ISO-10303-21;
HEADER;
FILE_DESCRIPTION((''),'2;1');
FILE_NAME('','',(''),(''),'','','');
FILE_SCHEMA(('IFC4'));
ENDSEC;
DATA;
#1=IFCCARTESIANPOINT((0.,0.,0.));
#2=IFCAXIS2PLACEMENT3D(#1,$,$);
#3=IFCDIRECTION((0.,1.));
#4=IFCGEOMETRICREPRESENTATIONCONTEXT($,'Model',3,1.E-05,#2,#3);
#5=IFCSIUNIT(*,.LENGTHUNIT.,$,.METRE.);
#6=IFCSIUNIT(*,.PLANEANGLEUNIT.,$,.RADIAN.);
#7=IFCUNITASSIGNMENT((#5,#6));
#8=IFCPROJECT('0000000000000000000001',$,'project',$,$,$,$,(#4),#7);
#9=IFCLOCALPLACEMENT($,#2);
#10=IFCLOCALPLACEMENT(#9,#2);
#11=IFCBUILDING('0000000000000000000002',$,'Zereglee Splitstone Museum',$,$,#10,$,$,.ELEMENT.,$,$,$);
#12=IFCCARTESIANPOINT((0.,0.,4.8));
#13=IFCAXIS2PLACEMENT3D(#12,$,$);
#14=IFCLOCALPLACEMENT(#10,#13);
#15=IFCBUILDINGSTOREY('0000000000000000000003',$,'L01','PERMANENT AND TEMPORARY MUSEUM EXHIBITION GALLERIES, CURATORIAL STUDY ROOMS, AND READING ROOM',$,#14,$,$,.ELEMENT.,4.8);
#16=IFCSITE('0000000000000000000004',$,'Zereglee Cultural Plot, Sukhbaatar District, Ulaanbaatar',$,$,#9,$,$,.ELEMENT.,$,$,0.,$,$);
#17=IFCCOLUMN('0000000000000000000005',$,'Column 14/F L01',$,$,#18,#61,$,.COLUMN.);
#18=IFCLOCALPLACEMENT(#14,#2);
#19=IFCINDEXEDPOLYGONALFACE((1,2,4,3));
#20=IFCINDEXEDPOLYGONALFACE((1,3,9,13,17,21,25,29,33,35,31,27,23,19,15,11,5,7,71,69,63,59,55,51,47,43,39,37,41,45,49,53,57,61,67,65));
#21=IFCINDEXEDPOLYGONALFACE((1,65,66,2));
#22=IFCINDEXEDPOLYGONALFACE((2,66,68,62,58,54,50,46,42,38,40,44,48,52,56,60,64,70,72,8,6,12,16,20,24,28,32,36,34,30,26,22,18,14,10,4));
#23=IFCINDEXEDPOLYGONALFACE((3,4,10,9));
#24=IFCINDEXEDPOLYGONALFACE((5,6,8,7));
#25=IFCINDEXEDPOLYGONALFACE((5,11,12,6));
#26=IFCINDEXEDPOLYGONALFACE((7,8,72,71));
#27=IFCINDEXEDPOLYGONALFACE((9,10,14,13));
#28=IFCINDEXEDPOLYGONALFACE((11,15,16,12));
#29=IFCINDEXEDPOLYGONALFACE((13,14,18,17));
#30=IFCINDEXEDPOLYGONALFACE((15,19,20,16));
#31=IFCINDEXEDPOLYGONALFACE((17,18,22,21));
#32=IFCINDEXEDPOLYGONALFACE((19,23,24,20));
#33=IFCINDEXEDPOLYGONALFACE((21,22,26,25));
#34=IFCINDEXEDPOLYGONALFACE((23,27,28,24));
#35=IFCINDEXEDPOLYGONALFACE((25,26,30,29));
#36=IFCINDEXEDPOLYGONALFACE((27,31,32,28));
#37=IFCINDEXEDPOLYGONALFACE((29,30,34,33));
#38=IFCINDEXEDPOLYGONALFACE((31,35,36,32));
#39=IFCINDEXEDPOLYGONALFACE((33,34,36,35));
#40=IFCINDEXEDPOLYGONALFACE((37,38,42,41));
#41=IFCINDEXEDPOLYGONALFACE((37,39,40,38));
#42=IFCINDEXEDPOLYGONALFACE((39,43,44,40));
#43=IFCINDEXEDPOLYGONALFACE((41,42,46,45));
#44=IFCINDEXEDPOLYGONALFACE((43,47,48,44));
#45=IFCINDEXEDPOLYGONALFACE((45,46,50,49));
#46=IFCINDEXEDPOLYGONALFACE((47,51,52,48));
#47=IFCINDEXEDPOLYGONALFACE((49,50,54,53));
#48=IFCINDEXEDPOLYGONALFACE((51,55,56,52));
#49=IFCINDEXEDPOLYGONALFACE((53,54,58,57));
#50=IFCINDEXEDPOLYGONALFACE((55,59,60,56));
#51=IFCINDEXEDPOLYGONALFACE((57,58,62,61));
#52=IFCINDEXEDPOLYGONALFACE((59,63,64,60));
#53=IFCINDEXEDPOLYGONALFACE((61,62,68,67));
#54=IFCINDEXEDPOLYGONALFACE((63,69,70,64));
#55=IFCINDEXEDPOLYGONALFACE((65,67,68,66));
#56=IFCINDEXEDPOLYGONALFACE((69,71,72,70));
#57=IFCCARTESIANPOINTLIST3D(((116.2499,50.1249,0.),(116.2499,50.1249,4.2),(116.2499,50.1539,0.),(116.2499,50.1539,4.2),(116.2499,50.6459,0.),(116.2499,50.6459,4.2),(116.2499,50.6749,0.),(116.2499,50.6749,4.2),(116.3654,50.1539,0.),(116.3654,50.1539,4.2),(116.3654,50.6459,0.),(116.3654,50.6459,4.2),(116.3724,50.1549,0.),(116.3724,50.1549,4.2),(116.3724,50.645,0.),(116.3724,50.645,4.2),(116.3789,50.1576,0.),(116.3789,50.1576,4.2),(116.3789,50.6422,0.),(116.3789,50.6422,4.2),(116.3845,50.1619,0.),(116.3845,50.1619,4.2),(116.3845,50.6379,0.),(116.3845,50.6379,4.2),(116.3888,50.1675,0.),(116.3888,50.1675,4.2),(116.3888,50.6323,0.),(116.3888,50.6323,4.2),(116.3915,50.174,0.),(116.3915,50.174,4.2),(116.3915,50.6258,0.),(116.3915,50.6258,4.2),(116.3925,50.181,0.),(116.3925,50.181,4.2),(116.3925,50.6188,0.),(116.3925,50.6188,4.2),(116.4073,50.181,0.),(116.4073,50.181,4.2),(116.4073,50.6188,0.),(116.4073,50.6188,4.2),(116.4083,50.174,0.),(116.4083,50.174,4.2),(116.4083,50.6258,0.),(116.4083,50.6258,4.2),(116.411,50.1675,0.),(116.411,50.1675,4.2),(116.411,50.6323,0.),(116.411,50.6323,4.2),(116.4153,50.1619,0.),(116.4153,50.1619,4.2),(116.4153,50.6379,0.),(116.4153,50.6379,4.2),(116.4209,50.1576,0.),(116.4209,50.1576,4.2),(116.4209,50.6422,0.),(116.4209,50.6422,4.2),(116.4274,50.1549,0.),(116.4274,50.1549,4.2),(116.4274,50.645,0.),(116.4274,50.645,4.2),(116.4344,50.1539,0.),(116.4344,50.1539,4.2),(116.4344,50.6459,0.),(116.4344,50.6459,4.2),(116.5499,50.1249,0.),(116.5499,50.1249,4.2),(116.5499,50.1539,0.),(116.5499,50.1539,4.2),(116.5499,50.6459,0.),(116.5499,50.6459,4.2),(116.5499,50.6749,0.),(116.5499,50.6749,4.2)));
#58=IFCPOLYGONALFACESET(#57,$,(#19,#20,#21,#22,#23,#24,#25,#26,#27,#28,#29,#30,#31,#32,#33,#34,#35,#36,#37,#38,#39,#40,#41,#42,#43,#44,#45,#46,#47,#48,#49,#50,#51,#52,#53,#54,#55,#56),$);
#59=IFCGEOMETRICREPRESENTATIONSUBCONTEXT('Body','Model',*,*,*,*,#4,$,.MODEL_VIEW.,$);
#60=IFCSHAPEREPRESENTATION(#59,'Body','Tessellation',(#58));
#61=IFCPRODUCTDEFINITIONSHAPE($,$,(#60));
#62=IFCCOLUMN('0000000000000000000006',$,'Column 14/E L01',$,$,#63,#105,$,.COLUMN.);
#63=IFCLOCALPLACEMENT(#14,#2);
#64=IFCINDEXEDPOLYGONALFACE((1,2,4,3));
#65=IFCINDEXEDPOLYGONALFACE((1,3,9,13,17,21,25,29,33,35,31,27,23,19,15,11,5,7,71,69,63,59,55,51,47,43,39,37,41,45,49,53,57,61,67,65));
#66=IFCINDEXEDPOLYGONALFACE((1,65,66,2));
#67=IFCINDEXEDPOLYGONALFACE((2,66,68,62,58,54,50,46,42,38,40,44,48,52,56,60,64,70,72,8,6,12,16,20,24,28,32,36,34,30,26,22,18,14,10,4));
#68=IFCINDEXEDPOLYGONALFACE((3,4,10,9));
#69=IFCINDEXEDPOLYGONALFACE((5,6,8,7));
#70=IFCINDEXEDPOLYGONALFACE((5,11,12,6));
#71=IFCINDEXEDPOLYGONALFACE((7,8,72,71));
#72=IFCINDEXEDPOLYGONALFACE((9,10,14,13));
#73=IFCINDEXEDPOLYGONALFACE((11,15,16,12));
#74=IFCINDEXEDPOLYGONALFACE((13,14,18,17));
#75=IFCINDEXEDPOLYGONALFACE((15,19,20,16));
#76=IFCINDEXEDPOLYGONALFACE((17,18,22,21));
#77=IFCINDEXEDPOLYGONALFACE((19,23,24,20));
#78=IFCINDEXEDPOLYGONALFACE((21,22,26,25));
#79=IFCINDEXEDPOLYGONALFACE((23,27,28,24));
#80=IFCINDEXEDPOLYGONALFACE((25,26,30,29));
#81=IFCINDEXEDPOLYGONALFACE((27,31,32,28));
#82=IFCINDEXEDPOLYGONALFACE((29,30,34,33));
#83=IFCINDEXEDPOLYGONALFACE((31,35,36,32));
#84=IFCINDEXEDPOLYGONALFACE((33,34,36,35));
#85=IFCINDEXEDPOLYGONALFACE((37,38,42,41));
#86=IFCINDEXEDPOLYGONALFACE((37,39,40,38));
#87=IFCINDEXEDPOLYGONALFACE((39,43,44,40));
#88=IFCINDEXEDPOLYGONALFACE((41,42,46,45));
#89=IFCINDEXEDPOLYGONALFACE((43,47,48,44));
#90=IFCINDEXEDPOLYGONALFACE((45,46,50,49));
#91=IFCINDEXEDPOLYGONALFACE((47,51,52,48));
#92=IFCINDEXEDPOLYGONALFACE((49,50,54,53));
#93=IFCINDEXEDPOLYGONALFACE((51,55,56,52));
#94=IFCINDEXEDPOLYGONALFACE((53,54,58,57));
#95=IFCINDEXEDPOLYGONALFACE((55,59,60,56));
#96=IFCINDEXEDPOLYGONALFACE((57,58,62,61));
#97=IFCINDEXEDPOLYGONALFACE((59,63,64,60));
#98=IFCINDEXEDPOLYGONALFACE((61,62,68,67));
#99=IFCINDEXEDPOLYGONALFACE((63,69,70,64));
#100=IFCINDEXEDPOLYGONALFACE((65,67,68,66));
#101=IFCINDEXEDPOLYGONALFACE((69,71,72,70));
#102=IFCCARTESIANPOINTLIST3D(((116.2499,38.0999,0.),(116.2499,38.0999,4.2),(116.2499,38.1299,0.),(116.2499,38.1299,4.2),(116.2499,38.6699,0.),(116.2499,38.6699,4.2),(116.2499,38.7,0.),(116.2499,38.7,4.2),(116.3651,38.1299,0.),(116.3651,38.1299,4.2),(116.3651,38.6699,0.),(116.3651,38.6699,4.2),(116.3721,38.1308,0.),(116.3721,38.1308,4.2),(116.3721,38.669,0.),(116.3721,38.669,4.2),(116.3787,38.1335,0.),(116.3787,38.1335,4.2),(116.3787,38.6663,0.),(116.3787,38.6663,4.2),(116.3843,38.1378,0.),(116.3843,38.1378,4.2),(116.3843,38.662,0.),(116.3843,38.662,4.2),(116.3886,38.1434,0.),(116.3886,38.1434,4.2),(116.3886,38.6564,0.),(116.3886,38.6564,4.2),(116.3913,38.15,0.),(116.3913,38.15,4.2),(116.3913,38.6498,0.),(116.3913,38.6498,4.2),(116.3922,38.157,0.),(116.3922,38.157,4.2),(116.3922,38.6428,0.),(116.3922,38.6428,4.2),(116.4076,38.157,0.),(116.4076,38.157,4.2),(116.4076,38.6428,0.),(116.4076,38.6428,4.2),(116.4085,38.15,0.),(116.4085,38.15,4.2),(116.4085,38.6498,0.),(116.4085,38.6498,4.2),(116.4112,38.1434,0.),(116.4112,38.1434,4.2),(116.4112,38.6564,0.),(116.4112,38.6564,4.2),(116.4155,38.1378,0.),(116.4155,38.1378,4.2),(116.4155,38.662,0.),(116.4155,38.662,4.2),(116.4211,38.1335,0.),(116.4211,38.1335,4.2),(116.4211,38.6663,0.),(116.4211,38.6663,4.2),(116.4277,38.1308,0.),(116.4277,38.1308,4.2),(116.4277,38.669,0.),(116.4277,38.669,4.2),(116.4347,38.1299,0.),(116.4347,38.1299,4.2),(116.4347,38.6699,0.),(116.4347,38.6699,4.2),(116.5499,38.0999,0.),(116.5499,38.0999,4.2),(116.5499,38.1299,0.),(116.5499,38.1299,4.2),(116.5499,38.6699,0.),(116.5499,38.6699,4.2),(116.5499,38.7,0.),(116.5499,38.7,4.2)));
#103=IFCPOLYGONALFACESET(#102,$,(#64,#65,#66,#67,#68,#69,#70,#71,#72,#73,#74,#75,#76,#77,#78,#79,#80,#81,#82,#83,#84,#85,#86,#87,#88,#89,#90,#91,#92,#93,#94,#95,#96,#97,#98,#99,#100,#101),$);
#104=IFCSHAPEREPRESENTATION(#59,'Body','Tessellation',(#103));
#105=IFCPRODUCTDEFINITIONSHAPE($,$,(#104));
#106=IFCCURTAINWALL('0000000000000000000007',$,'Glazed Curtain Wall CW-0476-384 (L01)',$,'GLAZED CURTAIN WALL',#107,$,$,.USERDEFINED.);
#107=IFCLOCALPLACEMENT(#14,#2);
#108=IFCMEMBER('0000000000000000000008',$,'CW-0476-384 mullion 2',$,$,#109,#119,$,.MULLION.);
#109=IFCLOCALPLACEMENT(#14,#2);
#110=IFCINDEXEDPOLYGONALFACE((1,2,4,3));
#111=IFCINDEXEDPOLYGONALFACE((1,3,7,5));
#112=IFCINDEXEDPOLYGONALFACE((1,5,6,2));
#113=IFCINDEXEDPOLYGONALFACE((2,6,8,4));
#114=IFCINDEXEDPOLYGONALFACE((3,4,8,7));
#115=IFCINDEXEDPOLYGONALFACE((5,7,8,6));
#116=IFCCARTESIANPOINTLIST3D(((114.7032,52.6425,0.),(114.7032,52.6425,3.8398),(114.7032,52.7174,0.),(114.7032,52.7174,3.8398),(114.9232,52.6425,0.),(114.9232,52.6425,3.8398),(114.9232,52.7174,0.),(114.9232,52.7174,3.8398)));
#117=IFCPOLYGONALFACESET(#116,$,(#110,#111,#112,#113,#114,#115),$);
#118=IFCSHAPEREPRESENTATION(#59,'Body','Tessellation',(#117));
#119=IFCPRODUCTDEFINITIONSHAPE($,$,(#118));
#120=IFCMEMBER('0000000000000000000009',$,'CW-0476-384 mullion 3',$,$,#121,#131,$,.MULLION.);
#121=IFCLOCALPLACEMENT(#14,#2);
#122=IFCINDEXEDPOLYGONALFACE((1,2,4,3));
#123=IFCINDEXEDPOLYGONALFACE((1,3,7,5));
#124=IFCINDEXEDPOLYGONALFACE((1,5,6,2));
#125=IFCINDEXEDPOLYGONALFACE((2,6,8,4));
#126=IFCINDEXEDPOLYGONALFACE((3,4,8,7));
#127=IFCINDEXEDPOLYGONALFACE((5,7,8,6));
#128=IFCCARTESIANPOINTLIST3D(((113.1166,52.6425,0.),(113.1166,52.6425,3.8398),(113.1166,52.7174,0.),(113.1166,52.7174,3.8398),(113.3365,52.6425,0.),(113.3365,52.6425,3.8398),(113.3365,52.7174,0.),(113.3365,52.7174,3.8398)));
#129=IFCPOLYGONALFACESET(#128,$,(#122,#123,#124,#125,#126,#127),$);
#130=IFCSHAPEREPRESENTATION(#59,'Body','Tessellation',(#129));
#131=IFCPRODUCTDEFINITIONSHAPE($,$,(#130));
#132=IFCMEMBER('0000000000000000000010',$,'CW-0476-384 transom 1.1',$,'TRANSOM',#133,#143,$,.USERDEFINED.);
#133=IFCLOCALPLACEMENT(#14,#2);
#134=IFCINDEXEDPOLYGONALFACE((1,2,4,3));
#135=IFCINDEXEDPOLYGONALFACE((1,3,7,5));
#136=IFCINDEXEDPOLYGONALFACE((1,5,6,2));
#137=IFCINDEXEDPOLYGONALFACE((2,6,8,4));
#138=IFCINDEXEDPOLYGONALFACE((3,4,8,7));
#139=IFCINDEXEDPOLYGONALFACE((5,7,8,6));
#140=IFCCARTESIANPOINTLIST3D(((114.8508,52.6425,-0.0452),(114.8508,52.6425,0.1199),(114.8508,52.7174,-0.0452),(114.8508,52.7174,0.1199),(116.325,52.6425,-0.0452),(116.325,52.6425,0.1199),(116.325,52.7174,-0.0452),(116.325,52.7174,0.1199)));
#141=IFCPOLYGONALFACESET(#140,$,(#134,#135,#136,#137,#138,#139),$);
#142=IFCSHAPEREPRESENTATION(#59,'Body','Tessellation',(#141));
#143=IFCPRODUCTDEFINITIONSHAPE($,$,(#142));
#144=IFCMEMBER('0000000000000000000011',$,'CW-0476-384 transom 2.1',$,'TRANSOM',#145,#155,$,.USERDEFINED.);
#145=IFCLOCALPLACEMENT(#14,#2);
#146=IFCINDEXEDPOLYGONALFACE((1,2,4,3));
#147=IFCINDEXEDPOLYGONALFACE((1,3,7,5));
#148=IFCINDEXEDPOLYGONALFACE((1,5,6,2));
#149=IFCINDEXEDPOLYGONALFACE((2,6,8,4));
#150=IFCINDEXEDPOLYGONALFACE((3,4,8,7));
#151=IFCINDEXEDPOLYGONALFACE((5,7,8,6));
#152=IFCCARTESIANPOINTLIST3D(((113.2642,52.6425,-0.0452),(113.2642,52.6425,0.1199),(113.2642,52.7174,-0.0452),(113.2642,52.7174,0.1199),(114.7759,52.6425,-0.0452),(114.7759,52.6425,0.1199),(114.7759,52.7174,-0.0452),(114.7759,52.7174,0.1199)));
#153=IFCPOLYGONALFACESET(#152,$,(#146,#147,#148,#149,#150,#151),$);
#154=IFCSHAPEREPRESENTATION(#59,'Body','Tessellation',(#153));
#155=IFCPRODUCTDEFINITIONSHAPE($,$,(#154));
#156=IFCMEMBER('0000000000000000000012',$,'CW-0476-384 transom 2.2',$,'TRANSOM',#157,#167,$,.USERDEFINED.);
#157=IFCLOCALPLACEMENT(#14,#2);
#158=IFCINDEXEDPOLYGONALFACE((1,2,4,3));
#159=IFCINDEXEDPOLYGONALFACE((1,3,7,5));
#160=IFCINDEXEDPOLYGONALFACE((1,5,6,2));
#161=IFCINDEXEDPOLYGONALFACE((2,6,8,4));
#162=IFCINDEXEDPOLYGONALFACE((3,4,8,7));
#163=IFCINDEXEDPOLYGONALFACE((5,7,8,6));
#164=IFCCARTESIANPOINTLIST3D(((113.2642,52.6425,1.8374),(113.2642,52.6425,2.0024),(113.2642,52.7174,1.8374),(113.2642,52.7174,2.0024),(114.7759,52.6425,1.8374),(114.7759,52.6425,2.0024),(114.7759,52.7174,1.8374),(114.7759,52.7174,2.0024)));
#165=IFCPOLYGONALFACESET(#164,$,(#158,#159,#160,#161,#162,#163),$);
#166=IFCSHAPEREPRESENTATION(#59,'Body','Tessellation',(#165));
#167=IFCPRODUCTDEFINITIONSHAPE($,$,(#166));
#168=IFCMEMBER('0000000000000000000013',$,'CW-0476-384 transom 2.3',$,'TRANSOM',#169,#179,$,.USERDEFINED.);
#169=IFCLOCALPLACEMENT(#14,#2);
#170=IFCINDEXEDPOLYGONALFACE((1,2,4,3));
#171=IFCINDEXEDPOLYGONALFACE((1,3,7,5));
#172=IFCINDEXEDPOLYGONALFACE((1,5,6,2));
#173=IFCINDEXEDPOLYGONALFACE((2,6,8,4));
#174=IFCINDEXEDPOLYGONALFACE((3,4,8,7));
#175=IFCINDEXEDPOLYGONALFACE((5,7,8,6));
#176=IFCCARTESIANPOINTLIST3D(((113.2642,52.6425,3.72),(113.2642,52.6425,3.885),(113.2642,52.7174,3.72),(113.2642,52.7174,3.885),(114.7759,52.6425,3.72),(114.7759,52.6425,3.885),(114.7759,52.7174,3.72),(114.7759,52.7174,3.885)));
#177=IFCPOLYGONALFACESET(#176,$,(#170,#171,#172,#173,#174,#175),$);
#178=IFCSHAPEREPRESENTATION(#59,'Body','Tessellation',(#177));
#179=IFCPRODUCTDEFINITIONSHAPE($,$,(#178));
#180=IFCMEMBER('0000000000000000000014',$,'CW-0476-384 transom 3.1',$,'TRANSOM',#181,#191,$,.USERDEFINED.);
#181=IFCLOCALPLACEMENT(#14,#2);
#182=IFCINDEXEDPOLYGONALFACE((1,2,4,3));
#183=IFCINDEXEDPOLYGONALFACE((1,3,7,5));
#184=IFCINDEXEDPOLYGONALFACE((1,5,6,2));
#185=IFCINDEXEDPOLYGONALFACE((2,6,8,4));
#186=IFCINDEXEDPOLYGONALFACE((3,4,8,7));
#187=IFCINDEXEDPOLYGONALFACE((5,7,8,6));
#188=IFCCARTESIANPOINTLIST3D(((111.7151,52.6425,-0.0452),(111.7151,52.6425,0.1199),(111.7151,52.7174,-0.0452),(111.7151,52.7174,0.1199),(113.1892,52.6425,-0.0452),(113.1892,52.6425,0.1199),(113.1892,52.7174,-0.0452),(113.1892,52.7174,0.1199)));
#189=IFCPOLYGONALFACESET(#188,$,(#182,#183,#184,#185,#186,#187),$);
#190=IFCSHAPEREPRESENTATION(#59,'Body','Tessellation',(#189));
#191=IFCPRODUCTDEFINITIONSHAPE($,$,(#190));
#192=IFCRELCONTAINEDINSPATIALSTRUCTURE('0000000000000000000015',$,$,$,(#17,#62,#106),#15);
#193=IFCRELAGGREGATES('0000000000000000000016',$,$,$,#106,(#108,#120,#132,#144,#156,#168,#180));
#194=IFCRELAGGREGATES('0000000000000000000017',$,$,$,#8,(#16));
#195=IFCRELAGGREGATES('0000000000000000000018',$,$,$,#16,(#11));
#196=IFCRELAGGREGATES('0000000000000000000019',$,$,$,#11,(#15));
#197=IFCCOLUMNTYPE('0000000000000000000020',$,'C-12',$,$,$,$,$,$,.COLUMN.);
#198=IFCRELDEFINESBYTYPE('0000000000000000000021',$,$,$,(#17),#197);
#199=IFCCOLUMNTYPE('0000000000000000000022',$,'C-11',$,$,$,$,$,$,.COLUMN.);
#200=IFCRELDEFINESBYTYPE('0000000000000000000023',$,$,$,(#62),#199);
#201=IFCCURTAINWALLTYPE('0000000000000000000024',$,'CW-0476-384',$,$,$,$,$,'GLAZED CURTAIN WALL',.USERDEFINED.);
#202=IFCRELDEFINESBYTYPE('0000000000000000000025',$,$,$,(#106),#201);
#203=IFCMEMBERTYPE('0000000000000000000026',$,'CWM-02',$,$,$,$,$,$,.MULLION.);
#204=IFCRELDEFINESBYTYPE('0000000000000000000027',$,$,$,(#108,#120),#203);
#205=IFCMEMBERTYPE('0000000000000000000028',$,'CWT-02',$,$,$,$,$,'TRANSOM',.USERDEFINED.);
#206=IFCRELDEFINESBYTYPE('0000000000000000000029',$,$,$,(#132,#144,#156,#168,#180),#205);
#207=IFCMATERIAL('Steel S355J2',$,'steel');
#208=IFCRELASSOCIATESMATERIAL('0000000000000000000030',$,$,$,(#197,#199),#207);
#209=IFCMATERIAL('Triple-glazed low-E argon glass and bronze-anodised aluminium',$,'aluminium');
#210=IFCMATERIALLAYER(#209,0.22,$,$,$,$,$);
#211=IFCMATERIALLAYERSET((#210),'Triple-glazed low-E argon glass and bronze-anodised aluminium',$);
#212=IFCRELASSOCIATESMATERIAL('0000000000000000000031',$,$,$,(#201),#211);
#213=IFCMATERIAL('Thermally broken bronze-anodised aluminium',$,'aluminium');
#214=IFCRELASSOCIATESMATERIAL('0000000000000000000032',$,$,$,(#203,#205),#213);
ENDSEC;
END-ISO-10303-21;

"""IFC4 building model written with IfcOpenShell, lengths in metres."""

from ifc_helpers import new_model, si_unit, direction, frame, origin, origin_2d, place, context, subcontext, project, spatial, rectangle, i_section, extrude, material, layer, layer_set, material_profile, profile_set, type_object, element, aggregate, save


model = new_model("IFC4")

# Units and contexts
model_context = context("Model", 3, precision=1e-05, world=origin(), true_north=direction((0.0, 1.0)))
body_context = subcontext(model_context, "Body", "Model", "MODEL_VIEW")
ifc_project = project(units=[si_unit("LENGTHUNIT", "METRE"), si_unit("PLANEANGLEUNIT", "RADIAN")], contexts=[model_context])

# Site, building, storey
site_placement = place(None, origin())
site = spatial("IfcSite", under=ifc_project, at=site_placement, Name="Zereglee Cultural Plot, Sukhbaatar District, Ulaanbaatar", CompositionType="ELEMENT", RefElevation=0.0)
building_placement = place(site_placement, origin())
building = spatial("IfcBuilding", under=site, at=building_placement, Name="Zereglee Splitstone Museum", CompositionType="ELEMENT")
storey_placement = place(building_placement, frame((0.0, 0.0, 4.8)))
storey = spatial("IfcBuildingStorey", under=building, at=storey_placement, Name="L01", Description="PERMANENT AND TEMPORARY MUSEUM EXHIBITION GALLERIES, CURATORIAL STUDY ROOMS, AND READING ROOM", CompositionType="ELEMENT", Elevation=4.8)

# Columns
ifc_material_1 = material(Name="Steel S355J2", Category="steel")
ifc_material_profile_1 = material_profile(ifc_material_1, i_section(OverallWidth=0.3, OverallDepth=0.55, WebThickness=0.0149, FlangeThickness=0.0291, FilletRadius=0.0271, at=origin_2d()), Name="HE 550 B")
ifc_profile_set_1 = profile_set([ifc_material_profile_1], Name="Steel S355J2")
column_type_1 = type_object("IfcColumnType", Name="C-12", PredefinedType="COLUMN", material=ifc_profile_set_1)
column_1_placement = place(storey_placement, frame((116.3999, 50.3999, 0.0), z_axis=(0.0, 0.0, 1.0), x_axis=(1.0, 0.0, 0.0)))
element("IfcColumn", 1, at=column_1_placement, inside=storey, type_object=column_type_1, Name="Column 14/F L01", PredefinedType="COLUMN", context=body_context, shape_type="SweptSolid", body=[
    extrude(i_section(OverallWidth=0.3, OverallDepth=0.55, WebThickness=0.0149, FlangeThickness=0.0291, FilletRadius=0.0271, at=origin_2d()), origin(), (0.0, 0.0, 1.0), 4.2),
])
ifc_material_profile_2 = material_profile(ifc_material_1, i_section(OverallWidth=0.3, OverallDepth=0.6001, WebThickness=0.0154, FlangeThickness=0.03, FilletRadius=0.0271, at=origin_2d()), Name="HE 600 B")
ifc_profile_set_2 = profile_set([ifc_material_profile_2], Name="Steel S355J2")
column_type_2 = type_object("IfcColumnType", Name="C-11", PredefinedType="COLUMN", material=ifc_profile_set_2)
column_2_placement = place(storey_placement, frame((116.3999, 38.3999, 0.0), z_axis=(0.0, 0.0, 1.0), x_axis=(1.0, 0.0, 0.0)))
element("IfcColumn", 2, at=column_2_placement, inside=storey, type_object=column_type_2, Name="Column 14/E L01", PredefinedType="COLUMN", context=body_context, shape_type="SweptSolid", body=[
    extrude(i_section(OverallWidth=0.3, OverallDepth=0.6001, WebThickness=0.0154, FlangeThickness=0.03, FilletRadius=0.0271, at=origin_2d()), origin(), (0.0, 0.0, 1.0), 4.2),
])

# Curtain wall, members
ifc_material_2 = material(Name="Triple-glazed low-E argon glass and bronze-anodised aluminium", Category="aluminium")
ifc_layer_1 = layer(ifc_material_2, 0.22)
ifc_layer_set_1 = layer_set([ifc_layer_1], Name="Triple-glazed low-E argon glass and bronze-anodised aluminium")
curtain_wall_type = type_object("IfcCurtainWallType", Name="CW-0476-384", ElementType="GLAZED CURTAIN WALL", PredefinedType="USERDEFINED", material=ifc_layer_set_1)
curtain_wall_placement = place(storey_placement, origin())
curtain_wall = element("IfcCurtainWall", 3, at=curtain_wall_placement, inside=storey, type_object=curtain_wall_type, Name="Glazed Curtain Wall CW-0476-384 (L01)", ObjectType="GLAZED CURTAIN WALL", PredefinedType="USERDEFINED")
ifc_material_3 = material(Name="Thermally broken bronze-anodised aluminium", Category="aluminium")
ifc_material_profile_3 = material_profile(ifc_material_3, rectangle(XDim=0.075, YDim=0.22, at=origin_2d()), Name="CW MULL 75x220")
ifc_profile_set_3 = profile_set([ifc_material_profile_3], Name="Thermally broken bronze-anodised aluminium")
member_type_1 = type_object("IfcMemberType", Name="CWM-02", PredefinedType="MULLION", material=ifc_profile_set_3)
member_1_placement = place(storey_placement, frame((114.8132, 52.6799, 0.0), z_axis=(0.0, 0.0, 1.0), x_axis=(0.0, -1.0, 0.0)))
member_1 = element("IfcMember", 4, at=member_1_placement, type_object=member_type_1, Name="CW-0476-384 mullion 2", PredefinedType="MULLION", context=body_context, shape_type="SweptSolid", body=[
    extrude(rectangle(XDim=0.075, YDim=0.22, at=origin_2d()), origin(), (0.0, 0.0, 1.0), 3.8398),
])
member_2_placement = place(storey_placement, frame((113.2266, 52.6799, 0.0), z_axis=(0.0, 0.0, 1.0), x_axis=(0.0, -1.0, 0.0)))
member_2 = element("IfcMember", 5, at=member_2_placement, type_object=member_type_1, Name="CW-0476-384 mullion 3", PredefinedType="MULLION", context=body_context, shape_type="SweptSolid", body=[
    extrude(rectangle(XDim=0.075, YDim=0.22, at=origin_2d()), origin(), (0.0, 0.0, 1.0), 3.8398),
])
ifc_material_profile_4 = material_profile(ifc_material_3, rectangle(XDim=0.075, YDim=0.165, at=origin_2d()), Name="CW TRAN 75x165")
ifc_profile_set_4 = profile_set([ifc_material_profile_4], Name="Thermally broken bronze-anodised aluminium")
member_type_2 = type_object("IfcMemberType", Name="CWT-02", ElementType="TRANSOM", PredefinedType="USERDEFINED", material=ifc_profile_set_4)
member_3_placement = place(storey_placement, frame((116.325, 52.6799, 0.0374), z_axis=(-1.0, 0.0, 0.0), x_axis=(0.0, -1.0, 0.0)))
member_3 = element("IfcMember", 6, at=member_3_placement, type_object=member_type_2, Name="CW-0476-384 transom 1.1", ObjectType="TRANSOM", PredefinedType="USERDEFINED", context=body_context, shape_type="SweptSolid", body=[
    extrude(rectangle(XDim=0.075, YDim=0.165, at=origin_2d()), origin(), (0.0, 0.0, 1.0), 1.4741),
])
member_4_placement = place(storey_placement, frame((114.7759, 52.6799, 0.0374), z_axis=(-1.0, 0.0, 0.0), x_axis=(0.0, -1.0, 0.0)))
member_4 = element("IfcMember", 7, at=member_4_placement, type_object=member_type_2, Name="CW-0476-384 transom 2.1", ObjectType="TRANSOM", PredefinedType="USERDEFINED", context=body_context, shape_type="SweptSolid", body=[
    extrude(rectangle(XDim=0.075, YDim=0.165, at=origin_2d()), origin(), (0.0, 0.0, 1.0), 1.5117),
])
member_5_placement = place(storey_placement, frame((114.7759, 52.6799, 1.9199), z_axis=(-1.0, 0.0, 0.0), x_axis=(0.0, -1.0, 0.0)))
member_5 = element("IfcMember", 8, at=member_5_placement, type_object=member_type_2, Name="CW-0476-384 transom 2.2", ObjectType="TRANSOM", PredefinedType="USERDEFINED", context=body_context, shape_type="SweptSolid", body=[
    extrude(rectangle(XDim=0.075, YDim=0.165, at=origin_2d()), origin(), (0.0, 0.0, 1.0), 1.5117),
])
member_6_placement = place(storey_placement, frame((114.7759, 52.6799, 3.8025), z_axis=(-1.0, 0.0, 0.0), x_axis=(0.0, -1.0, 0.0)))
member_6 = element("IfcMember", 9, at=member_6_placement, type_object=member_type_2, Name="CW-0476-384 transom 2.3", ObjectType="TRANSOM", PredefinedType="USERDEFINED", context=body_context, shape_type="SweptSolid", body=[
    extrude(rectangle(XDim=0.075, YDim=0.165, at=origin_2d()), origin(), (0.0, 0.0, 1.0), 1.5117),
])
member_7_placement = place(storey_placement, frame((113.1892, 52.6799, 0.0374), z_axis=(-1.0, 0.0, 0.0), x_axis=(0.0, -1.0, 0.0)))
member_7 = element("IfcMember", 10, at=member_7_placement, type_object=member_type_2, Name="CW-0476-384 transom 3.1", ObjectType="TRANSOM", PredefinedType="USERDEFINED", context=body_context, shape_type="SweptSolid", body=[
    extrude(rectangle(XDim=0.075, YDim=0.165, at=origin_2d()), origin(), (0.0, 0.0, 1.0), 1.4741),
])

aggregate(curtain_wall, [member_1, member_2, member_3, member_4, member_5, member_6, member_7])

save(model, "model.ifc")
